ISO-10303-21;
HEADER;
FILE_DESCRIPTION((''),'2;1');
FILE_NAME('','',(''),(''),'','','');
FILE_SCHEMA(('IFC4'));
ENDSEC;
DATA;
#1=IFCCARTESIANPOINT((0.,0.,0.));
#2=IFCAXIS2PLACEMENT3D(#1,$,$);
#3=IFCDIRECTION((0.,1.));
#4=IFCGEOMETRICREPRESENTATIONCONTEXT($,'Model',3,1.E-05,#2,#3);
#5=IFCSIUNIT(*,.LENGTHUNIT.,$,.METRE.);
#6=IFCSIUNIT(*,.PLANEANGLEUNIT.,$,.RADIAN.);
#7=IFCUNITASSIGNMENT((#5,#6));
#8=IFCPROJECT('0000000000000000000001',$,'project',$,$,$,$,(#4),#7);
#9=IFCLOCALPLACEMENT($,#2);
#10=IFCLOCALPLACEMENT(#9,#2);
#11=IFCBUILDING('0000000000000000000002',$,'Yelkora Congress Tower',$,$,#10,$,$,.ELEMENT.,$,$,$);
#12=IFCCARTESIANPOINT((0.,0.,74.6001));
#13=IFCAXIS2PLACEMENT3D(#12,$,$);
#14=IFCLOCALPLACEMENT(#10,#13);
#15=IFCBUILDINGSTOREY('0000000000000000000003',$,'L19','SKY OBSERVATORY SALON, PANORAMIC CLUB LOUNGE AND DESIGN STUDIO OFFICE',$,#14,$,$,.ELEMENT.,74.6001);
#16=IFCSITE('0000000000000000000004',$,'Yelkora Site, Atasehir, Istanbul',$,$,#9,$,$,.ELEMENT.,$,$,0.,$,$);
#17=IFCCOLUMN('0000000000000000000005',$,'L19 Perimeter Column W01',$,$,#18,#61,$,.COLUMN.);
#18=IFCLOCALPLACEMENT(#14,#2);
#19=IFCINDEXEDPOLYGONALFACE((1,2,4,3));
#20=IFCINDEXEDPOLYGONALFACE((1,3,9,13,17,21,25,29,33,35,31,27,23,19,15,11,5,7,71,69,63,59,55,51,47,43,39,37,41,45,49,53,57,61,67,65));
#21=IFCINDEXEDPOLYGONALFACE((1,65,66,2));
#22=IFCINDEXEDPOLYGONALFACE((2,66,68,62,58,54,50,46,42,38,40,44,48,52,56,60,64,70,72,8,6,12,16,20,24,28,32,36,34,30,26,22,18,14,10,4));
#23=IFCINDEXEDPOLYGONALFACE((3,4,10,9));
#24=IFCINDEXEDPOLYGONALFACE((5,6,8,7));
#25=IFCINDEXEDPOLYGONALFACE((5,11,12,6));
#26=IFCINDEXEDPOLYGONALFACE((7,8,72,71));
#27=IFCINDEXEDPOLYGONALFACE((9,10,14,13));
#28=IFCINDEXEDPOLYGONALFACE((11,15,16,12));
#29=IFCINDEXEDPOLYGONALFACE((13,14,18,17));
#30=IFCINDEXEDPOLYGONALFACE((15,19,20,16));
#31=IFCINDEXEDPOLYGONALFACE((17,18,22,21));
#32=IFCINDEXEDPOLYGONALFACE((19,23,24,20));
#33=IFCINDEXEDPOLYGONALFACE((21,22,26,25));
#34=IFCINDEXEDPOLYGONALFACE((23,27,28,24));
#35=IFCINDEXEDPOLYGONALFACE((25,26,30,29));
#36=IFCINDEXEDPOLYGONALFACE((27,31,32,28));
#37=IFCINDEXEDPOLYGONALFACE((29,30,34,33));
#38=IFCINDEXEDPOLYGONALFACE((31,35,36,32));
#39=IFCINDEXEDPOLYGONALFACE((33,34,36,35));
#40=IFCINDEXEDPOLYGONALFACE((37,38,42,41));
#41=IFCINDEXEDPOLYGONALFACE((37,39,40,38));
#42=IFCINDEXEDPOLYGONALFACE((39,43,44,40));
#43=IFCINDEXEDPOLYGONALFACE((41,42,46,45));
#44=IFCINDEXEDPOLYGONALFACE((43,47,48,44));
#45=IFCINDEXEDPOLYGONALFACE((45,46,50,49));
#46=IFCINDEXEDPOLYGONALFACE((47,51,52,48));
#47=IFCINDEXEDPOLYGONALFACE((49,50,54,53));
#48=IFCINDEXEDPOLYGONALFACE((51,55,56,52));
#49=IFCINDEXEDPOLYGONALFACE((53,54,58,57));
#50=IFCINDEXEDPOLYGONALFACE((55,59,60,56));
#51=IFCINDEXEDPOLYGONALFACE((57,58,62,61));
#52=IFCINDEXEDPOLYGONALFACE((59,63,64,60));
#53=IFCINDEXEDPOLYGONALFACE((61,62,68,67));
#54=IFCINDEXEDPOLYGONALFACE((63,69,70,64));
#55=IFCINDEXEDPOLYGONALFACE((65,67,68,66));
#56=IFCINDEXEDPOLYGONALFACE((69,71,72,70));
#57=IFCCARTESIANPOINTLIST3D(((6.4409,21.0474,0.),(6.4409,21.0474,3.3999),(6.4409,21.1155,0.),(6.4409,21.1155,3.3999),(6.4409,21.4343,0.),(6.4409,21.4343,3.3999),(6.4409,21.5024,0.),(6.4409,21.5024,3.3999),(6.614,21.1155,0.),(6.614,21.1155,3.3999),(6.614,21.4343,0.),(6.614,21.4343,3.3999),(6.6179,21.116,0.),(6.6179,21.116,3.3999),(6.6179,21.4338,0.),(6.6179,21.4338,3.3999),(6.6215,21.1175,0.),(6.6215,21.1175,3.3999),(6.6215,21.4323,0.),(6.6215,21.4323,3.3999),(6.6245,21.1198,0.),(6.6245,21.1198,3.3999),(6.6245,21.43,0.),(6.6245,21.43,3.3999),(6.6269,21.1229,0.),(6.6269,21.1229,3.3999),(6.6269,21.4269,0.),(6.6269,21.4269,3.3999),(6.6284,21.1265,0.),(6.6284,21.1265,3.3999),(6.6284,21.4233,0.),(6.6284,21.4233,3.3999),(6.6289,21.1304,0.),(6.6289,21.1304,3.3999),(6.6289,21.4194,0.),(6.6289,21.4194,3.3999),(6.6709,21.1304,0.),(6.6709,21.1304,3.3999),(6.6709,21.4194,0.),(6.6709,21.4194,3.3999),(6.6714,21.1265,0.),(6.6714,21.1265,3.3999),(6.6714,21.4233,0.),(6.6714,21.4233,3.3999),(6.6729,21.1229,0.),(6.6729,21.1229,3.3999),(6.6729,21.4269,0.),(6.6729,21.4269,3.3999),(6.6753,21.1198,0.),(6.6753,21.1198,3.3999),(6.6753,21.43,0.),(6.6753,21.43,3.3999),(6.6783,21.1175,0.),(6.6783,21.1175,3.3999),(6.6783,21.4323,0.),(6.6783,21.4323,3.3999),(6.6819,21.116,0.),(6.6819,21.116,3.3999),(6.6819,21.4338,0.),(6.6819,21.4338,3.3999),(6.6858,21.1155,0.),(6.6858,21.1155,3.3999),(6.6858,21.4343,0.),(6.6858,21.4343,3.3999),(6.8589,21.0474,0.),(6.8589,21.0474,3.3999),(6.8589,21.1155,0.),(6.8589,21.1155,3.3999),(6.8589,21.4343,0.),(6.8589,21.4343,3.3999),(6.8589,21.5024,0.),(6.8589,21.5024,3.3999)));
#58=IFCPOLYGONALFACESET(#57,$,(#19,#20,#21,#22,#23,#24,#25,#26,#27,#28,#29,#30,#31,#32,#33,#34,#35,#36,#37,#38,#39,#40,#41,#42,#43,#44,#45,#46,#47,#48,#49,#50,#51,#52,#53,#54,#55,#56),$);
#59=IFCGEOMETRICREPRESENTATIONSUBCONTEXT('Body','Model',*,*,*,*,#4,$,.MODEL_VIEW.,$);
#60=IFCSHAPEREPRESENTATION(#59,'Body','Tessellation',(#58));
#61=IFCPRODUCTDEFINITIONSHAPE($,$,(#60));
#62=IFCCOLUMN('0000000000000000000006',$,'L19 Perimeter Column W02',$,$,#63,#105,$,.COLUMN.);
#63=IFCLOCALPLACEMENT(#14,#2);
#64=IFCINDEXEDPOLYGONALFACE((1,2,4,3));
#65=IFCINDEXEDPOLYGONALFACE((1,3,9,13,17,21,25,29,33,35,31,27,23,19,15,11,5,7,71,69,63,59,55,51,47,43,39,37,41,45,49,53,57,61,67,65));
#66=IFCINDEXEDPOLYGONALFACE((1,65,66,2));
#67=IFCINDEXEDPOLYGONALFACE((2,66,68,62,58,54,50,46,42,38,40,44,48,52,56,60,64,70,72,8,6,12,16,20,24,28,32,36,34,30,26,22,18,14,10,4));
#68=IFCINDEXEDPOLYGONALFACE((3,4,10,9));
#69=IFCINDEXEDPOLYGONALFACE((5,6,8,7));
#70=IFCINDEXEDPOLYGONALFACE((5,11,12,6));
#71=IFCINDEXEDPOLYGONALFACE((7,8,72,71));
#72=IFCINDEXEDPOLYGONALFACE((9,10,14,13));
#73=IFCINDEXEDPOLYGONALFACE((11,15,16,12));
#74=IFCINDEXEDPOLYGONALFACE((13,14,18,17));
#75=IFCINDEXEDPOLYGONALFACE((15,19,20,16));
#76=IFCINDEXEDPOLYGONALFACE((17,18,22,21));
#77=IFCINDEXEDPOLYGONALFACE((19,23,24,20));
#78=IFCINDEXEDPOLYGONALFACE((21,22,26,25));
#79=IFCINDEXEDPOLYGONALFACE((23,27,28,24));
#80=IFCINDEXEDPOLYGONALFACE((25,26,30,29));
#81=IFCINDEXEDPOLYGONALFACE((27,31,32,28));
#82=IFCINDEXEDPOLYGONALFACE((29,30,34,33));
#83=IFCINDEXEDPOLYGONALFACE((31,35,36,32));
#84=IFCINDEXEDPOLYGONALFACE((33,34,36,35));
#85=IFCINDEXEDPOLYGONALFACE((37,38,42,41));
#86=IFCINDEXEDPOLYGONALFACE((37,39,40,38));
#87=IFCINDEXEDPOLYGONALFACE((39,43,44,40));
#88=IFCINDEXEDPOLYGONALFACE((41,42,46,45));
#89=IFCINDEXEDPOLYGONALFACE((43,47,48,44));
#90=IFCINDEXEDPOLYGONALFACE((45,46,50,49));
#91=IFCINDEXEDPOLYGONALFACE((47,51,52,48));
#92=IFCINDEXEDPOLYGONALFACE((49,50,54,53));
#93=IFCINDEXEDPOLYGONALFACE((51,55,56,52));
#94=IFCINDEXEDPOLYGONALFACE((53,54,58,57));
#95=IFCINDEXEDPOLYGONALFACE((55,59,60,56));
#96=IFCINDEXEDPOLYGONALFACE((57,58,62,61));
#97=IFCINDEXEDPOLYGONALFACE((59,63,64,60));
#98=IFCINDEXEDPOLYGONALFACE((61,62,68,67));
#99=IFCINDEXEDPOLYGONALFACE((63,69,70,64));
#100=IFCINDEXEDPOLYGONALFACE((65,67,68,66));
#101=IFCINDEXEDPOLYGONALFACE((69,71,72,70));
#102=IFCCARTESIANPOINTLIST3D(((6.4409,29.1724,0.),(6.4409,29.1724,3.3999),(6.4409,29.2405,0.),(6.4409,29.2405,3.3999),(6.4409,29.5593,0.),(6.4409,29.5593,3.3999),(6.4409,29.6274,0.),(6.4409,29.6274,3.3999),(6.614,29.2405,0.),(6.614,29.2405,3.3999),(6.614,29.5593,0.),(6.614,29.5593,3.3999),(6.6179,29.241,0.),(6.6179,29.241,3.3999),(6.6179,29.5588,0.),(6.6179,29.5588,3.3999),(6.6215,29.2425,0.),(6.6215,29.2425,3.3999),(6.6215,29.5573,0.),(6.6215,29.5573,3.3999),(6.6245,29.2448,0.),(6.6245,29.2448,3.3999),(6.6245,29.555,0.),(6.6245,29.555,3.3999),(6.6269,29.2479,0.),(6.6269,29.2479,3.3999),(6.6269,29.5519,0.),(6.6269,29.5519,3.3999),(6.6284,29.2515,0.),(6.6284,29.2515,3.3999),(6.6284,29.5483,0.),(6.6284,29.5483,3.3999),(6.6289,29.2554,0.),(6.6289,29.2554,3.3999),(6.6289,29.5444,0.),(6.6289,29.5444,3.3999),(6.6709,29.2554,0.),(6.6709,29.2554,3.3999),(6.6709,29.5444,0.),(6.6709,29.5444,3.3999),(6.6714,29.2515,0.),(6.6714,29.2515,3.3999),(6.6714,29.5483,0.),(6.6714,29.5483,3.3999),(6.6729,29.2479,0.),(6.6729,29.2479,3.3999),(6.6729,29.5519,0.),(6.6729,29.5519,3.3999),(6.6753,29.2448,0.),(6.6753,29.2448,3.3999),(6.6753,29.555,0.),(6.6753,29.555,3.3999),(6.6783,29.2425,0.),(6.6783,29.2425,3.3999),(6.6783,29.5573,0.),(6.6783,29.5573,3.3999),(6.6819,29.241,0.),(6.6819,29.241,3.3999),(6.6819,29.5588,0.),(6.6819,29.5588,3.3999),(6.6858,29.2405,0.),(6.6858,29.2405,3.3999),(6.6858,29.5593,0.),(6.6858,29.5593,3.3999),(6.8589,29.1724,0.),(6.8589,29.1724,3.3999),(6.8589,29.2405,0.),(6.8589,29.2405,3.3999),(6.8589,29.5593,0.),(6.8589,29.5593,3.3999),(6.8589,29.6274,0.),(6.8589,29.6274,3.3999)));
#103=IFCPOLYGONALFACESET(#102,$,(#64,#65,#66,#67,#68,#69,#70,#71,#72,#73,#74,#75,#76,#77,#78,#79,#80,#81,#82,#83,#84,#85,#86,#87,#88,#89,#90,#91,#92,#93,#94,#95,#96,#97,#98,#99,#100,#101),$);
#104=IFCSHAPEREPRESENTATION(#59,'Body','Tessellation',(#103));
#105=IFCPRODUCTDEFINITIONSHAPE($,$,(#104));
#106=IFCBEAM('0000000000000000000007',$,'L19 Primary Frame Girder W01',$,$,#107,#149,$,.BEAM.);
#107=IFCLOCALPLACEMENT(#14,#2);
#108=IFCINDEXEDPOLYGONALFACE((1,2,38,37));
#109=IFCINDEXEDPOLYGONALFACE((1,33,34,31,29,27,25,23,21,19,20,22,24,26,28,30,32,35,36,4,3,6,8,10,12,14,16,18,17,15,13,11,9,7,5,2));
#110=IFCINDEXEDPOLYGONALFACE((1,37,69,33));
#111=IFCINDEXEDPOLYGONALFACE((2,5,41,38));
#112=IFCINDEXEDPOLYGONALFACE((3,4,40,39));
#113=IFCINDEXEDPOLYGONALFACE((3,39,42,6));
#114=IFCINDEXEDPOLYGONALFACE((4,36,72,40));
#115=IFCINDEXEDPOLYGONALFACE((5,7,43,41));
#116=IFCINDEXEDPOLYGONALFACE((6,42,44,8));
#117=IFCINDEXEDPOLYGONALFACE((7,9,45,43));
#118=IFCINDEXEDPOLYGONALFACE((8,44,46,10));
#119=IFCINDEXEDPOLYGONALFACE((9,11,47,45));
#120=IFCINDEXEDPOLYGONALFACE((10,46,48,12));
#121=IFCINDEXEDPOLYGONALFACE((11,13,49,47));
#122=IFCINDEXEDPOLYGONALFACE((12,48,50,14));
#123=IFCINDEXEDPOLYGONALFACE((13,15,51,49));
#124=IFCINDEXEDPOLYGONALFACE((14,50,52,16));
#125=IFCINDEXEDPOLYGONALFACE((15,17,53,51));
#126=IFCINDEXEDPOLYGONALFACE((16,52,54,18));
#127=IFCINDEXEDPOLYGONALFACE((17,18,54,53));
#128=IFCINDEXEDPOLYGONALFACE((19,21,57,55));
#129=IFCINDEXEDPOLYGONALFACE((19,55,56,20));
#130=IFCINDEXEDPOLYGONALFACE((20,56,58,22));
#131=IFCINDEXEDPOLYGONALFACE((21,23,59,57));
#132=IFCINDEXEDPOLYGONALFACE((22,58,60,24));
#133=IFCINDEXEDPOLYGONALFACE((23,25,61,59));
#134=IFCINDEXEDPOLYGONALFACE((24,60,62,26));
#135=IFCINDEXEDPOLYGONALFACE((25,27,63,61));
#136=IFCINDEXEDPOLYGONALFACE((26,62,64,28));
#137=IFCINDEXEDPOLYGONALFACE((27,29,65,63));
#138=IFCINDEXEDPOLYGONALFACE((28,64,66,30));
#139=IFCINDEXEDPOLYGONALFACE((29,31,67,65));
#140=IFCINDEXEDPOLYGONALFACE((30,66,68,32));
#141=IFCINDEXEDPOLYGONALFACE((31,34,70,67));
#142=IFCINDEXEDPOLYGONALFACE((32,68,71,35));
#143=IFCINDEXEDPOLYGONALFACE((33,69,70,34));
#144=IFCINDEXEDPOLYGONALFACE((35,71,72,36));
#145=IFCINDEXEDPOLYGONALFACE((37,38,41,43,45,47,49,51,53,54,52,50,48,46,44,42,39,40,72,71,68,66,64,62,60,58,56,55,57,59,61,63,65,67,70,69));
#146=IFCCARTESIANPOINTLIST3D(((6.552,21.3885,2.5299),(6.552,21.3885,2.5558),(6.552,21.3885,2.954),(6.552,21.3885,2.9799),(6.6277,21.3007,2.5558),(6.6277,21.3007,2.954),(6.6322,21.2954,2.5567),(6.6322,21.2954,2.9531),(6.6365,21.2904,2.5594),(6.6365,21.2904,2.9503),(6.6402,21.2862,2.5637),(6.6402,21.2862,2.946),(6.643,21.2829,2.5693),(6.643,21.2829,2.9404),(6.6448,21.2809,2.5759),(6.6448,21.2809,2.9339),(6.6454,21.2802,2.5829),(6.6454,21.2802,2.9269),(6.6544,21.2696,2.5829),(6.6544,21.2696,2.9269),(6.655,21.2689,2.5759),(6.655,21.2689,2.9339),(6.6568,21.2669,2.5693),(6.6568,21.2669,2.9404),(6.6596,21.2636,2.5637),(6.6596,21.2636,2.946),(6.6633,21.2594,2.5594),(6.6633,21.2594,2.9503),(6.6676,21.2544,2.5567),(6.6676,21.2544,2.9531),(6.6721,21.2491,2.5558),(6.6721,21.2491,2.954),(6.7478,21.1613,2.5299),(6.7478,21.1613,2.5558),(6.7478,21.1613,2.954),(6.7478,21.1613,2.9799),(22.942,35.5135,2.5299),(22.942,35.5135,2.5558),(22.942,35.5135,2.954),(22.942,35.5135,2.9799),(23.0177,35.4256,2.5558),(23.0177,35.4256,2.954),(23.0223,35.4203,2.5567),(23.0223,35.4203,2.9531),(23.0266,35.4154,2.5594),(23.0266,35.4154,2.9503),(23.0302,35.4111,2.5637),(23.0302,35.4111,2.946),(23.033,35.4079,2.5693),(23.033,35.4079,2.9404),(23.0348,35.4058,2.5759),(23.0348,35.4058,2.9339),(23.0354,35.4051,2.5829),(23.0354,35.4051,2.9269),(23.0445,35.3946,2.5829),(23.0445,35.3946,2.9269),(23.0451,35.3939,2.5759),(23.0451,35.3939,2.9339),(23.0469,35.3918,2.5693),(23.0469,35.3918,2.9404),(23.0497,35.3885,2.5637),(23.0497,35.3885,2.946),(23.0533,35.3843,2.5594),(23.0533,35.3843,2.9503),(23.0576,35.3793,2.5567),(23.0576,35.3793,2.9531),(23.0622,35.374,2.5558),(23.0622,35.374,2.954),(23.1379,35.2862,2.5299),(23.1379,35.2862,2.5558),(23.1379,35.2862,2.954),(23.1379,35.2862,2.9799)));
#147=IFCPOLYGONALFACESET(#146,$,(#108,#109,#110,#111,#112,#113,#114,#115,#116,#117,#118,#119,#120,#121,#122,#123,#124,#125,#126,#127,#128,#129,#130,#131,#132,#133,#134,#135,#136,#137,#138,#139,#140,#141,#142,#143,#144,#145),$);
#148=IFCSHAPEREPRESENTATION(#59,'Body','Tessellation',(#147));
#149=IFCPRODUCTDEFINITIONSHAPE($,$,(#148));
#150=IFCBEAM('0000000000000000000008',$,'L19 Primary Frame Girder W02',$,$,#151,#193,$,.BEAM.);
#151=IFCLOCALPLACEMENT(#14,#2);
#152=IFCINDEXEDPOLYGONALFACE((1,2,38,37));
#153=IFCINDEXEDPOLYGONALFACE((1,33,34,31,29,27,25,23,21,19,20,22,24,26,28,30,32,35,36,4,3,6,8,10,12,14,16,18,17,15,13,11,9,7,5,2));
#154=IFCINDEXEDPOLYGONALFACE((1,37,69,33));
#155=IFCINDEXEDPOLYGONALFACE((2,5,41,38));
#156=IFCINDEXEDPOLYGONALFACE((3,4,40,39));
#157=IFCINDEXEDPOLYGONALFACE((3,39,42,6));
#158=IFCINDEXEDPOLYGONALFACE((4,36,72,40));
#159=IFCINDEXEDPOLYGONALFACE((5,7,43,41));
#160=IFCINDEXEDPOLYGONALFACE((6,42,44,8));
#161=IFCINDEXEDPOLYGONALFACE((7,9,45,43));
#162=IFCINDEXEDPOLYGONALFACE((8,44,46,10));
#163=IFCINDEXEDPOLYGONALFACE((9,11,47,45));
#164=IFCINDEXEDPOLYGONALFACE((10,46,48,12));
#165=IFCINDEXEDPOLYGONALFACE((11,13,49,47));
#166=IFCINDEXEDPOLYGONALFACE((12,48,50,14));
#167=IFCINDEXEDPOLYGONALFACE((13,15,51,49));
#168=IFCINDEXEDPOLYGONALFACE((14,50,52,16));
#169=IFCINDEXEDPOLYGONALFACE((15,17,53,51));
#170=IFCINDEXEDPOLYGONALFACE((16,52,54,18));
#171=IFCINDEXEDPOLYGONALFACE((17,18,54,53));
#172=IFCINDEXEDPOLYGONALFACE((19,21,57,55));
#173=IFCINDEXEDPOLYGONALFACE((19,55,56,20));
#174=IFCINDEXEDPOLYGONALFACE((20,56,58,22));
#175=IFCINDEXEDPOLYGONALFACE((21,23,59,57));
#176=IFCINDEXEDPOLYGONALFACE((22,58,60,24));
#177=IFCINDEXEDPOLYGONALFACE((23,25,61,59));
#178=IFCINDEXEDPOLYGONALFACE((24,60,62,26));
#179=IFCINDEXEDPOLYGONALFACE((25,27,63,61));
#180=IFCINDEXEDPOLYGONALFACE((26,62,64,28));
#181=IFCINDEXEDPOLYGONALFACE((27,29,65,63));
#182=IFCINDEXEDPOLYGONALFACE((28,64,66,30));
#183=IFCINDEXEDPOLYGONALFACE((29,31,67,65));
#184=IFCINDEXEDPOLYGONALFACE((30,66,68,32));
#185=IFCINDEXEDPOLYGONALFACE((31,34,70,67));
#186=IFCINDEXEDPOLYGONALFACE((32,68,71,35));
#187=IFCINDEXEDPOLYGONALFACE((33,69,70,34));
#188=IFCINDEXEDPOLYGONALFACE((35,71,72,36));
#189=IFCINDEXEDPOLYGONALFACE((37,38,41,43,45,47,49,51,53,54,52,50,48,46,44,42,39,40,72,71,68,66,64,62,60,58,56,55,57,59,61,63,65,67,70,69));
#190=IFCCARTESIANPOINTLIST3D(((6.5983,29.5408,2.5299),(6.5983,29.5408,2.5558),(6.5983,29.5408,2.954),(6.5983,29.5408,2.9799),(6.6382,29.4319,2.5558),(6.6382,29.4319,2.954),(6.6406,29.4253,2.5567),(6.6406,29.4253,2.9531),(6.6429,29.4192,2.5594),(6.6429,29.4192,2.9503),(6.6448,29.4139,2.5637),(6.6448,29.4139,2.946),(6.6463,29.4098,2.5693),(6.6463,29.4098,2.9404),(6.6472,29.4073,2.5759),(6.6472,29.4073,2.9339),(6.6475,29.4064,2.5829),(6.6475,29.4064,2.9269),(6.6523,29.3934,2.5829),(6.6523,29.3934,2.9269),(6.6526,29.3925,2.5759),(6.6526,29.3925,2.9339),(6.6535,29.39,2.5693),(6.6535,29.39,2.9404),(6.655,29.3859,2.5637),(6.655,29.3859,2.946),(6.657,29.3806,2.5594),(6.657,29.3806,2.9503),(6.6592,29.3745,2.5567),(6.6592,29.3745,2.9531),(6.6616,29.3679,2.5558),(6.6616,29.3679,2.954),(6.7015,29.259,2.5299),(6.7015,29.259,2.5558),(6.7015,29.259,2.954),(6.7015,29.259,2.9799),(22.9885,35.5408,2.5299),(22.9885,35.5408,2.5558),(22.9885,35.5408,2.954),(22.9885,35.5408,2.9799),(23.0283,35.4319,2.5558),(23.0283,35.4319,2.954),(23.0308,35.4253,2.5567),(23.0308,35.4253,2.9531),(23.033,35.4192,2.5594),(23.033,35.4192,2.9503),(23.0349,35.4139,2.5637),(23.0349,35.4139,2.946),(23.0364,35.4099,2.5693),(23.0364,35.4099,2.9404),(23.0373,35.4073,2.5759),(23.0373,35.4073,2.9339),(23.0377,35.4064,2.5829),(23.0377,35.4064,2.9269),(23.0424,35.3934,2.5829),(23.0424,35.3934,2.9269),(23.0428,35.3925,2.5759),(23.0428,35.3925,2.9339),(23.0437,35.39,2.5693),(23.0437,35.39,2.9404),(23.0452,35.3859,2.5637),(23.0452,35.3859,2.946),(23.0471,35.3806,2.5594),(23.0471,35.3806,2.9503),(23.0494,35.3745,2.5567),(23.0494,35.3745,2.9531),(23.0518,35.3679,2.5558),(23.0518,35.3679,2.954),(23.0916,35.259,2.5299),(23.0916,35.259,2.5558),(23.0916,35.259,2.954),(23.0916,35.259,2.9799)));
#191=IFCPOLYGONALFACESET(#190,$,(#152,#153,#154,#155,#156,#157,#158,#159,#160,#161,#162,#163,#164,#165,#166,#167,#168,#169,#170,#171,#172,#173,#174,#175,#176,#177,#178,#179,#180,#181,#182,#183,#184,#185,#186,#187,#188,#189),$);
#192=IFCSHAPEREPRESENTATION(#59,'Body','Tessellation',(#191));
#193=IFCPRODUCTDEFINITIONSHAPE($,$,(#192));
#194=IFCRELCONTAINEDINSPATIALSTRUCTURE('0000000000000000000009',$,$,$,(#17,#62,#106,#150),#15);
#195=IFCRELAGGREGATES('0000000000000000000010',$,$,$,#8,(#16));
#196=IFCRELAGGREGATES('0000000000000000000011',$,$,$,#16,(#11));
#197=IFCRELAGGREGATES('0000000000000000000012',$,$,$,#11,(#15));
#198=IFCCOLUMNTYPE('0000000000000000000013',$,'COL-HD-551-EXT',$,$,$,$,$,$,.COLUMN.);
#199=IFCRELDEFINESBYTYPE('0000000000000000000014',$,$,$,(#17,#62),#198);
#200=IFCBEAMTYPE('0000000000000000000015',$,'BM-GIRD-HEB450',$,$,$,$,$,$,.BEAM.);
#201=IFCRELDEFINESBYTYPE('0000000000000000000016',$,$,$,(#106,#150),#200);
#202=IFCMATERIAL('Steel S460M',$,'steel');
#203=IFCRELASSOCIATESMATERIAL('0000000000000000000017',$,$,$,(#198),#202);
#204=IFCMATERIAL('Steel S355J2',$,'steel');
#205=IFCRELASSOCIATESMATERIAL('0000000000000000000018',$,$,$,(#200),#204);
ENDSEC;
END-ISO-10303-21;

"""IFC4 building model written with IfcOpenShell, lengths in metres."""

from ifc_helpers import new_model, si_unit, direction, frame, origin, origin_2d, place, context, subcontext, project, spatial, i_section, extrude, material, material_profile, profile_set, type_object, element, save


model = new_model("IFC4")

# Units and contexts
model_context = context("Model", 3, precision=1e-05, world=origin(), true_north=direction((0.0, 1.0)))
body_context = subcontext(model_context, "Body", "Model", "MODEL_VIEW")
ifc_project = project(units=[si_unit("LENGTHUNIT", "METRE"), si_unit("PLANEANGLEUNIT", "RADIAN")], contexts=[model_context])

# Site, building, storey
site_placement = place(None, origin())
site = spatial("IfcSite", under=ifc_project, at=site_placement, Name="Yelkora Site, Atasehir, Istanbul", CompositionType="ELEMENT", RefElevation=0.0)
building_placement = place(site_placement, origin())
building = spatial("IfcBuilding", under=site, at=building_placement, Name="Yelkora Congress Tower", CompositionType="ELEMENT")
storey_placement = place(building_placement, frame((0.0, 0.0, 74.6001)))
storey = spatial("IfcBuildingStorey", under=building, at=storey_placement, Name="L19", Description="SKY OBSERVATORY SALON, PANORAMIC CLUB LOUNGE AND DESIGN STUDIO OFFICE", CompositionType="ELEMENT", Elevation=74.6001)

# Columns
ifc_material_1 = material(Name="Steel S460M", Category="steel")
ifc_material_profile_1 = material_profile(ifc_material_1, i_section(OverallWidth=0.418, OverallDepth=0.4551, WebThickness=0.042, FlangeThickness=0.0681, FilletRadius=0.0149, at=origin_2d()), Name="HD 400x551")
ifc_profile_set_1 = profile_set([ifc_material_profile_1], Name="Steel S460M")
column_type = type_object("IfcColumnType", Name="COL-HD-551-EXT", PredefinedType="COLUMN", material=ifc_profile_set_1)
for number, where, z_axis, x_axis, name in (
    (1, (6.6499, 21.2749, 0.0), (0.0, 0.0, 1.0), (1.0, 0.0, 0.0), "L19 Perimeter Column W01"),
    (2, (6.6499, 29.3999, 0.0), (0.0, 0.0, 1.0), (1.0, 0.0, 0.0), "L19 Perimeter Column W02"),
):
    element("IfcColumn", number, at=place(storey_placement, frame(where, z_axis=z_axis, x_axis=x_axis)), inside=storey, type_object=column_type, Name=name, PredefinedType="COLUMN", context=body_context, shape_type="SweptSolid", body=[
        extrude(i_section(OverallWidth=0.418, OverallDepth=0.4551, WebThickness=0.042, FlangeThickness=0.0681, FilletRadius=0.0149, at=origin_2d()), origin(), (0.0, 0.0, 1.0), 3.3999),
    ])

# Beams
ifc_material_2 = material(Name="Steel S355J2", Category="steel")
ifc_material_profile_2 = material_profile(ifc_material_2, i_section(OverallWidth=0.3, OverallDepth=0.45, WebThickness=0.0139, FlangeThickness=0.0259, FilletRadius=0.0271, at=origin_2d()), Name="HEB 450")
ifc_profile_set_2 = profile_set([ifc_material_profile_2], Name="Steel S355J2")
beam_type_1 = type_object("IfcBeamType", Name="BM-GIRD-HEB450", PredefinedType="BEAM", material=ifc_profile_set_2)
beam_1_placement = place(storey_placement, frame((6.6499, 21.2749, 2.7549), z_axis=(0.757511, 0.652822, 0.0), x_axis=(-0.652822, 0.757511, 0.0)))
element("IfcBeam", 3, at=beam_1_placement, inside=storey, type_object=beam_type_1, Name="L19 Primary Frame Girder W01", PredefinedType="BEAM", context=body_context, shape_type="SweptSolid", body=[
    extrude(i_section(OverallWidth=0.3, OverallDepth=0.45, WebThickness=0.0139, FlangeThickness=0.0259, FilletRadius=0.0271, at=origin_2d()), origin(), (0.0, 0.0, 1.0), 21.6367),
])
beam_2_placement = place(storey_placement, frame((6.6499, 29.3999, 2.7549), z_axis=(0.939056, 0.343764, 0.0), x_axis=(-0.343764, 0.939056, 0.0)))
element("IfcBeam", 4, at=beam_2_placement, inside=storey, type_object=beam_type_1, Name="L19 Primary Frame Girder W02", PredefinedType="BEAM", context=body_context, shape_type="SweptSolid", body=[
    extrude(i_section(OverallWidth=0.3, OverallDepth=0.45, WebThickness=0.0139, FlangeThickness=0.0259, FilletRadius=0.0271, at=origin_2d()), origin(), (0.0, 0.0, 1.0), 17.4539),
])

save(model, "model.ifc")
